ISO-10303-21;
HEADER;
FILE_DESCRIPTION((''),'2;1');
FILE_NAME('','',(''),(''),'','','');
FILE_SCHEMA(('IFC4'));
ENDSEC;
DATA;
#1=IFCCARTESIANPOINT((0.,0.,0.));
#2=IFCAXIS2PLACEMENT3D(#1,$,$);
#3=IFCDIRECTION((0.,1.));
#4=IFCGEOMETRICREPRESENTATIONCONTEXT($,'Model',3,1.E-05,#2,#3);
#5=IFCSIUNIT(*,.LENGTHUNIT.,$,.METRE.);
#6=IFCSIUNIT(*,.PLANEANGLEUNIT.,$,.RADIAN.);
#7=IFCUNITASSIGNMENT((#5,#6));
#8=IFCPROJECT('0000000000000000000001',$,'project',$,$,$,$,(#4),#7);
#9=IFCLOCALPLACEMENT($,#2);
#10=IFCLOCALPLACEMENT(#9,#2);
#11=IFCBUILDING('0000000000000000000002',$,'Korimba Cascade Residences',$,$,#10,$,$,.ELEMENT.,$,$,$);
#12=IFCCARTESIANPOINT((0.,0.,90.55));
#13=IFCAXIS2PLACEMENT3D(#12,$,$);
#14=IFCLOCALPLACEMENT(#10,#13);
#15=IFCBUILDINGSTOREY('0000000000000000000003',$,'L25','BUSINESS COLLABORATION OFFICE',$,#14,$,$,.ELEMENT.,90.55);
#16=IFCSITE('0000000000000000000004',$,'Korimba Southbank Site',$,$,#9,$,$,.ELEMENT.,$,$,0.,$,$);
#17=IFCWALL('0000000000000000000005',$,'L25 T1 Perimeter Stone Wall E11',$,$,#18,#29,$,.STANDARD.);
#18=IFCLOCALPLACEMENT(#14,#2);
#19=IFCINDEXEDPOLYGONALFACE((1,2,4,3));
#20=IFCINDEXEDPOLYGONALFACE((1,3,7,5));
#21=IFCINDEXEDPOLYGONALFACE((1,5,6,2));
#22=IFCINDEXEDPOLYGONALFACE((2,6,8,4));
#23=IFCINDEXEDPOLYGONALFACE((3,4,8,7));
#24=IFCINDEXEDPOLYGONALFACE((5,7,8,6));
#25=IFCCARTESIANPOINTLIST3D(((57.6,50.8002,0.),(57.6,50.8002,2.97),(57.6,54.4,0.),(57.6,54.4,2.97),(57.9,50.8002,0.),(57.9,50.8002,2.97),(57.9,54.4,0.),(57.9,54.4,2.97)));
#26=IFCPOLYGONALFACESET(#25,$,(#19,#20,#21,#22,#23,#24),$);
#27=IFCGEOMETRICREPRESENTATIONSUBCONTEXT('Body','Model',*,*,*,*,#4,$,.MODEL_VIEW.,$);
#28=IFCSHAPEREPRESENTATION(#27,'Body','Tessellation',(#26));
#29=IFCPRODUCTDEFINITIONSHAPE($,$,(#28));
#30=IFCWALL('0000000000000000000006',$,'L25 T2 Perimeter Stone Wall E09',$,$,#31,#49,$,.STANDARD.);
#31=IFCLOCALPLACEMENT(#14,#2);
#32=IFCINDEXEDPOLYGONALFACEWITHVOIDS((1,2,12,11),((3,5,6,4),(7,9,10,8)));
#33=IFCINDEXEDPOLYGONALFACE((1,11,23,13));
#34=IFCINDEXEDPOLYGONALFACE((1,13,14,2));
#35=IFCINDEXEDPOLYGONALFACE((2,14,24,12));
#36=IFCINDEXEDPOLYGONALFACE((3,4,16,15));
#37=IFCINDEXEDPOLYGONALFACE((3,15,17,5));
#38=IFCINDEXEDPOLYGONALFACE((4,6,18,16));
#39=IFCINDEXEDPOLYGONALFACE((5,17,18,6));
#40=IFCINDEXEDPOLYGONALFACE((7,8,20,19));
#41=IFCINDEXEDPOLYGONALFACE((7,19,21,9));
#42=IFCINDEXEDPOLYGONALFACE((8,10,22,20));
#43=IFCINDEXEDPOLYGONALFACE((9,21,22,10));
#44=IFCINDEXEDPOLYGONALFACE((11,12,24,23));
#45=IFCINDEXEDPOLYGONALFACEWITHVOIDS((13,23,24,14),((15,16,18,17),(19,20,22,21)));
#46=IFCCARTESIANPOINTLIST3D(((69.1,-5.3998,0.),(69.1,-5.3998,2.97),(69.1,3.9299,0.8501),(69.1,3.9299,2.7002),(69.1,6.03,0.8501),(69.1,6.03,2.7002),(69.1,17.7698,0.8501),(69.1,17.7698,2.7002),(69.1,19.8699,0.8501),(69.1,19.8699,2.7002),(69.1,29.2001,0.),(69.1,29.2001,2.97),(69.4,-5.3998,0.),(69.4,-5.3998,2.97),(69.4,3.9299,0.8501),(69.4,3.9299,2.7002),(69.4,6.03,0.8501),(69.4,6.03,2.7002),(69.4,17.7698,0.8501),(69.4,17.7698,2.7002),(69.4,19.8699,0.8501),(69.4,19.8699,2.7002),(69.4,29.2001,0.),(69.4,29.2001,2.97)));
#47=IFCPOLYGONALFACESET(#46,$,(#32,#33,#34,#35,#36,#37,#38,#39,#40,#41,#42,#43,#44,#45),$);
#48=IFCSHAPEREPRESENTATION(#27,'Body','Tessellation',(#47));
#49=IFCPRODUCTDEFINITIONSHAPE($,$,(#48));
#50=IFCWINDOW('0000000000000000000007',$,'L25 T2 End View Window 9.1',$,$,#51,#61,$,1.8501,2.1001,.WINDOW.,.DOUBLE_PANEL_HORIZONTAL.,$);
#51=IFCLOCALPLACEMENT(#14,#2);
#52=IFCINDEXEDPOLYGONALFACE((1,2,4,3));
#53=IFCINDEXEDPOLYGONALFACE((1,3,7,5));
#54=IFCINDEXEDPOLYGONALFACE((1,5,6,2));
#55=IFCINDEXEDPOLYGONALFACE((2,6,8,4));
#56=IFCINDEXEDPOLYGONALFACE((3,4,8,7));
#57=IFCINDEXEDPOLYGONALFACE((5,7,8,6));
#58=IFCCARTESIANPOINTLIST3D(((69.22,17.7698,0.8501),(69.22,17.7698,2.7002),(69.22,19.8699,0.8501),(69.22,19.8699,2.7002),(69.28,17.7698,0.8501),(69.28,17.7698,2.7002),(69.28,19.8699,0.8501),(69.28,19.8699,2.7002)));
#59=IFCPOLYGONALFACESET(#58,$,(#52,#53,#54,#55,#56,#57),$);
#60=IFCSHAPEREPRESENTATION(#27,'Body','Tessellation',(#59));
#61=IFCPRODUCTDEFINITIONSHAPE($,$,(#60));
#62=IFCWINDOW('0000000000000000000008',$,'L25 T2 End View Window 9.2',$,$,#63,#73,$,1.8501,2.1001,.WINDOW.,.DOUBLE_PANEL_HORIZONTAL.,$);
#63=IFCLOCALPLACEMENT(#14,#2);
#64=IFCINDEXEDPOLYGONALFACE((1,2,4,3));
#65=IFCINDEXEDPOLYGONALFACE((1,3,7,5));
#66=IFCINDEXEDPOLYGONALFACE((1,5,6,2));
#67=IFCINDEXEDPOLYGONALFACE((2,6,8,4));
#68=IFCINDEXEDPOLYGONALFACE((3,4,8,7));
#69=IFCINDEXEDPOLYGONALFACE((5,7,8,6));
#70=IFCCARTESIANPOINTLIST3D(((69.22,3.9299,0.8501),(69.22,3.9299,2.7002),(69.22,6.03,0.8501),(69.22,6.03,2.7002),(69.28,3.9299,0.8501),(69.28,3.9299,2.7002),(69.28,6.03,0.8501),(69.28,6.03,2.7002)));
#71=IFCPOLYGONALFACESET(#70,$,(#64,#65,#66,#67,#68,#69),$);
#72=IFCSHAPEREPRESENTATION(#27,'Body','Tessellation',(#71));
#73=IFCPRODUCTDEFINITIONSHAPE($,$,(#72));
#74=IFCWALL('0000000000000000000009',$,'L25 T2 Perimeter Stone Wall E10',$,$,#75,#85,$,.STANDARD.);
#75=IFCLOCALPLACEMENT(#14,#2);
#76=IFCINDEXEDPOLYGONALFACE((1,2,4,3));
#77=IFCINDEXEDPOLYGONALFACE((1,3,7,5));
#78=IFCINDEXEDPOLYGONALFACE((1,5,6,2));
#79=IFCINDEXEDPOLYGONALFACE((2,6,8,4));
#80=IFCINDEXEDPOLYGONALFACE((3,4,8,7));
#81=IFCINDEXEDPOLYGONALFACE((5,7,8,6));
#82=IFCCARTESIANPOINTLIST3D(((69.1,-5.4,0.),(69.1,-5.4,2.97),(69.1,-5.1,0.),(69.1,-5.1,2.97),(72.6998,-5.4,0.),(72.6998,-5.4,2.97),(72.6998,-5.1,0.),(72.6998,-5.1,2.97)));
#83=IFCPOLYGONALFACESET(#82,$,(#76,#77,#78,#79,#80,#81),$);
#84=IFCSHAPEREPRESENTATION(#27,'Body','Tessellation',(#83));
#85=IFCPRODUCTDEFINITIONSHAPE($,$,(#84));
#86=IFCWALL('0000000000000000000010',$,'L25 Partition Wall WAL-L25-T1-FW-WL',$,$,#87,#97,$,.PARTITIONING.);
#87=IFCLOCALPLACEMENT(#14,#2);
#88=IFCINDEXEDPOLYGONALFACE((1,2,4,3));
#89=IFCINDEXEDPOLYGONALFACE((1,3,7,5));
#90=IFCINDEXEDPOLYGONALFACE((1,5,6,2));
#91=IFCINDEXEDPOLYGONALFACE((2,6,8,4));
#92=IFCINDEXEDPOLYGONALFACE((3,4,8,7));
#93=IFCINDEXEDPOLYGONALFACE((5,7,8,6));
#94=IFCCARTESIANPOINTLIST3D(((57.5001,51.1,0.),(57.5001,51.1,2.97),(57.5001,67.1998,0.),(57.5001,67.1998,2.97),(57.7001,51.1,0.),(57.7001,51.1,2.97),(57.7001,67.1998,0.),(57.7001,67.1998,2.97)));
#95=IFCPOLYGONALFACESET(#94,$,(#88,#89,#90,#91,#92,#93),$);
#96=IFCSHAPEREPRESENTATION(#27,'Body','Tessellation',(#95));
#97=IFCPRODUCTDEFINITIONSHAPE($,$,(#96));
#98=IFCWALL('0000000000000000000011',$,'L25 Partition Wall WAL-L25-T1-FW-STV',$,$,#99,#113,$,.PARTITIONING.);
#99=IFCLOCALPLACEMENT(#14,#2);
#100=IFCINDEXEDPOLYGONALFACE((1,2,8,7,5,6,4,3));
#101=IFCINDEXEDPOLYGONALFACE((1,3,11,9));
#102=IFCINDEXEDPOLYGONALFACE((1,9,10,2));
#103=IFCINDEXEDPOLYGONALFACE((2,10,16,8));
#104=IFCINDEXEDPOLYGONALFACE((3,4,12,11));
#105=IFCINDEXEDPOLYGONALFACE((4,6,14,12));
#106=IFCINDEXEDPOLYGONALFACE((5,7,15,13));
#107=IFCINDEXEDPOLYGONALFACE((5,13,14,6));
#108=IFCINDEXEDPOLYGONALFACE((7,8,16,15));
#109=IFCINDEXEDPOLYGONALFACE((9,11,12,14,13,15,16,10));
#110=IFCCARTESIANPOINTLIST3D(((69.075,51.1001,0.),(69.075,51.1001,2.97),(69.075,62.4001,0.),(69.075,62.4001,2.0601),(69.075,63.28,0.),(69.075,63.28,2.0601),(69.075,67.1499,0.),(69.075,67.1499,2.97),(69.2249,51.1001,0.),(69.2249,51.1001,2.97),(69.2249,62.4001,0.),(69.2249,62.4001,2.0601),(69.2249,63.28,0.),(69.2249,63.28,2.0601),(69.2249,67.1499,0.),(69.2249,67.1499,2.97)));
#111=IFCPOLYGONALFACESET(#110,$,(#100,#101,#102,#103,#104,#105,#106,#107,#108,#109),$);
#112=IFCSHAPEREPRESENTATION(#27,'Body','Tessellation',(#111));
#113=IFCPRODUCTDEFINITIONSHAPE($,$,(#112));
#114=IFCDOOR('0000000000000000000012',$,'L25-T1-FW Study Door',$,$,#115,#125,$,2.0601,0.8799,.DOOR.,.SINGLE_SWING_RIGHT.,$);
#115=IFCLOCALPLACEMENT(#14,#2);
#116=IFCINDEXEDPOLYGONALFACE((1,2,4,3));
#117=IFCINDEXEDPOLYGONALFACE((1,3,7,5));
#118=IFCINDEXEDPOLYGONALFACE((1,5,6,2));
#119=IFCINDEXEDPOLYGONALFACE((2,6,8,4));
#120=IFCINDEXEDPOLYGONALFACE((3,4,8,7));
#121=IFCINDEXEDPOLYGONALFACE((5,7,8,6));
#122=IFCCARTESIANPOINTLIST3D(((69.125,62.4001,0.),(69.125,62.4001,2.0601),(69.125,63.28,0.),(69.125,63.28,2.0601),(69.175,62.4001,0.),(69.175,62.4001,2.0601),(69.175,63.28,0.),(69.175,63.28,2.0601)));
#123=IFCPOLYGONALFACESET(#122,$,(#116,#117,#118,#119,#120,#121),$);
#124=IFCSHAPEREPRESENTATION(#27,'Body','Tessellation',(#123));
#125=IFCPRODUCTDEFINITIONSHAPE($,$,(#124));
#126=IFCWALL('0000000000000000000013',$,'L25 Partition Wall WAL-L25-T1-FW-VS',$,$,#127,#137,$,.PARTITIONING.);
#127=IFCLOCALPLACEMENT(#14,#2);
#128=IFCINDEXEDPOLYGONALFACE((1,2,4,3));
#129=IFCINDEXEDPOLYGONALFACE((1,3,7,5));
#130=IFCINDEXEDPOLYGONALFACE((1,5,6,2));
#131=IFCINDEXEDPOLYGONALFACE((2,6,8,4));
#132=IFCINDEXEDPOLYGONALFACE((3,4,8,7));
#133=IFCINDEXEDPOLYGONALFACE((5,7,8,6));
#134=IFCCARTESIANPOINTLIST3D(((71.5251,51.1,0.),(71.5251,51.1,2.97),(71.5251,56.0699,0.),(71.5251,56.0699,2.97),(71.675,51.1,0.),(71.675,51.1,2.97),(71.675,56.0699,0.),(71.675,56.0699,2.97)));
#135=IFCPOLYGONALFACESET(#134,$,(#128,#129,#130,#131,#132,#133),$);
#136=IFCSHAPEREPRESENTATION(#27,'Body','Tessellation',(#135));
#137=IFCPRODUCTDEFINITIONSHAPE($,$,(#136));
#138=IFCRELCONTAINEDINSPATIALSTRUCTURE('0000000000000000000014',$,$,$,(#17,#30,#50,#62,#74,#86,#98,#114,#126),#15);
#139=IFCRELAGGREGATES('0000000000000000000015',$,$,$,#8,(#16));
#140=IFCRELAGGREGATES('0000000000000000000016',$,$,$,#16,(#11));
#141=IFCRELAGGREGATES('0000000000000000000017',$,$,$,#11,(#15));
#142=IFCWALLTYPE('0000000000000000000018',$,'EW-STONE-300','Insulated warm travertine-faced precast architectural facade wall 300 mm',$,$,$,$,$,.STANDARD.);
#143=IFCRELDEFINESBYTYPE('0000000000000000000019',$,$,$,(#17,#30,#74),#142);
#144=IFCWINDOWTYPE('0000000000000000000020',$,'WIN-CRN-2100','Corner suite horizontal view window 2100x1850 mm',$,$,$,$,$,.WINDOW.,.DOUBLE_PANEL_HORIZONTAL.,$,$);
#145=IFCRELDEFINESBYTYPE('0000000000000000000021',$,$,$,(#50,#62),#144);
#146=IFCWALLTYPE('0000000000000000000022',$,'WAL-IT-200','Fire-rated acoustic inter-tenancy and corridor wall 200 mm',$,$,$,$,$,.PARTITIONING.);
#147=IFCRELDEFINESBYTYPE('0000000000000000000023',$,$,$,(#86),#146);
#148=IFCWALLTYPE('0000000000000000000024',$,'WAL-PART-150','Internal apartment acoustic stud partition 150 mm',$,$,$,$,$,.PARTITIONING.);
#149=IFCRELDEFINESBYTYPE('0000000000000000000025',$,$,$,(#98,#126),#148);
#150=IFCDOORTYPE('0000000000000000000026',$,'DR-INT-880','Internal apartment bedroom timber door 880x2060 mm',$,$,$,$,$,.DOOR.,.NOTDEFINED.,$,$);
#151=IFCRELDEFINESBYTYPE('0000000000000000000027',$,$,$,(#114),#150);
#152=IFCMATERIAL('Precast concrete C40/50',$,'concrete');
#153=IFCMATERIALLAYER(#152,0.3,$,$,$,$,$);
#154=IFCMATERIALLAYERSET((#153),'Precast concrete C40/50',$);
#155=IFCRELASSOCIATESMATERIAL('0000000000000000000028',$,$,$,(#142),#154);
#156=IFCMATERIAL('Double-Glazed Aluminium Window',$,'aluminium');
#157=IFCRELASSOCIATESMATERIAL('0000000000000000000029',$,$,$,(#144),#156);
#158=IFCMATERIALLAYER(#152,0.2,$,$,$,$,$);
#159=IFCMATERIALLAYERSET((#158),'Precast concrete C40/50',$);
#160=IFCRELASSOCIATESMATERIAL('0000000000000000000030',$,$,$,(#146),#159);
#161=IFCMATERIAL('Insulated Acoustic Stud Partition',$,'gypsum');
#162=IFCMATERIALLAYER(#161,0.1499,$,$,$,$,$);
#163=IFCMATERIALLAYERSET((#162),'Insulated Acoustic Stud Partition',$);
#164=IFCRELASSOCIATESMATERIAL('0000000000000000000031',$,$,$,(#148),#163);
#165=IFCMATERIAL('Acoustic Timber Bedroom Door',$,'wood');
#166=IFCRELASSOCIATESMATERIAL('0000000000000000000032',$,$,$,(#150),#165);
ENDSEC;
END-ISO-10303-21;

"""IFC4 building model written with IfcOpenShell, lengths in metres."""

from ifc_helpers import new_model, si_unit, direction, frame, frame_2d, origin, place, context, subcontext, project, spatial, rectangle, extrude, material, layer, layer_set, type_object, element, fill, save


model = new_model("IFC4")

# Units and contexts
model_context = context("Model", 3, precision=1e-05, world=origin(), true_north=direction((0.0, 1.0)))
body_context = subcontext(model_context, "Body", "Model", "MODEL_VIEW")
ifc_project = project(units=[si_unit("LENGTHUNIT", "METRE"), si_unit("PLANEANGLEUNIT", "RADIAN")], contexts=[model_context])

# Site, building, storey
site_placement = place(None, origin())
site = spatial("IfcSite", under=ifc_project, at=site_placement, Name="Korimba Southbank Site", CompositionType="ELEMENT", RefElevation=0.0)
building_placement = place(site_placement, origin())
building = spatial("IfcBuilding", under=site, at=building_placement, Name="Korimba Cascade Residences", CompositionType="ELEMENT")
storey_placement = place(building_placement, frame((0.0, 0.0, 90.55)))
storey = spatial("IfcBuildingStorey", under=building, at=storey_placement, Name="L25", Description="BUSINESS COLLABORATION OFFICE", CompositionType="ELEMENT", Elevation=90.55)

# Shared definitions
ifc_material_1 = material(Name="Precast concrete C40/50", Category="concrete")
ifc_material_2 = material(Name="Double-Glazed Aluminium Window", Category="aluminium")

# Wall
ifc_layer_1 = layer(ifc_material_1, 0.3)
ifc_layer_set_1 = layer_set([ifc_layer_1], Name="Precast concrete C40/50")
wall_type_1 = type_object("IfcWallType", Name="EW-STONE-300", Description="Insulated warm travertine-faced precast architectural facade wall 300 mm", PredefinedType="STANDARD", material=ifc_layer_set_1)
wall_1_placement = place(storey_placement, frame((57.75, 54.3999, 0.0), z_axis=(0.0, 0.0, 1.0), x_axis=(0.0, -1.0, 0.0)))
element("IfcWall", 1, at=wall_1_placement, inside=storey, type_object=wall_type_1, Name="L25 T1 Perimeter Stone Wall E11", PredefinedType="STANDARD", context=body_context, shape_type="SweptSolid", body=[
    extrude(rectangle(XDim=3.5999, YDim=0.3, at=frame_2d((1.7998, 0.0))), origin(), (0.0, 0.0, 1.0), 2.97),
])

# Wall, openings, windows
wall_2_placement = place(storey_placement, frame((69.25, 29.2, 0.0), z_axis=(0.0, 0.0, 1.0), x_axis=(0.0, -1.0, 0.0)))
wall_2 = element("IfcWall", 2, at=wall_2_placement, inside=storey, type_object=wall_type_1, Name="L25 T2 Perimeter Stone Wall E09", PredefinedType="STANDARD", context=body_context, shape_type="SweptSolid", body=[
    extrude(rectangle(XDim=34.5999, YDim=0.3, at=frame_2d((17.2998, 0.0))), origin(), (0.0, 0.0, 1.0), 2.97),
])
opening_1_placement = place(wall_2_placement, frame((9.3301, 0.0, 0.8501)))
opening_1 = element("IfcOpeningElement", 3, at=opening_1_placement, cuts=wall_2, PredefinedType="OPENING", context=body_context, shape_type="SweptSolid", body=[
    extrude(rectangle(XDim=2.1001, YDim=1.8501, at=frame_2d((1.05, 0.925))), frame((0.0, 0.1602, 0.0), z_axis=(0.0, -1.0, 0.0), x_axis=(1.0, 0.0, 0.0)), (0.0, 0.0, 1.0), 0.3201),
])
opening_2_placement = place(wall_2_placement, frame((23.1699, 0.0, 0.8501)))
opening_2 = element("IfcOpeningElement", 4, at=opening_2_placement, cuts=wall_2, PredefinedType="OPENING", context=body_context, shape_type="SweptSolid", body=[
    extrude(rectangle(XDim=2.1001, YDim=1.8501, at=frame_2d((1.05, 0.925))), frame((0.0, 0.1602, 0.0), z_axis=(0.0, -1.0, 0.0), x_axis=(1.0, 0.0, 0.0)), (0.0, 0.0, 1.0), 0.3201),
])
window_type_1 = type_object("IfcWindowType", Name="WIN-CRN-2100", Description="Corner suite horizontal view window 2100x1850 mm", PartitioningType="DOUBLE_PANEL_HORIZONTAL", PredefinedType="WINDOW", material=ifc_material_2)
window_1_placement = place(opening_1_placement, origin())
window_1 = element("IfcWindow", 5, at=window_1_placement, inside=storey, type_object=window_type_1, Name="L25 T2 End View Window 9.1", OverallHeight=1.8501, OverallWidth=2.1001, PartitioningType="DOUBLE_PANEL_HORIZONTAL", PredefinedType="WINDOW", context=body_context, shape_type="SweptSolid", body=[
    extrude(rectangle(XDim=2.1001, YDim=1.8501, at=frame_2d((1.05, 0.925))), frame((0.0, 0.03, 0.0), z_axis=(0.0, -1.0, 0.0), x_axis=(1.0, 0.0, 0.0)), (0.0, 0.0, 1.0), 0.0601),
])
fill(opening_1, window_1)
window_2_placement = place(opening_2_placement, origin())
window_2 = element("IfcWindow", 6, at=window_2_placement, inside=storey, type_object=window_type_1, Name="L25 T2 End View Window 9.2", OverallHeight=1.8501, OverallWidth=2.1001, PartitioningType="DOUBLE_PANEL_HORIZONTAL", PredefinedType="WINDOW", context=body_context, shape_type="SweptSolid", body=[
    extrude(rectangle(XDim=2.1001, YDim=1.8501, at=frame_2d((1.05, 0.925))), frame((0.0, 0.03, 0.0), z_axis=(0.0, -1.0, 0.0), x_axis=(1.0, 0.0, 0.0)), (0.0, 0.0, 1.0), 0.0601),
])
fill(opening_2, window_2)

# Walls
wall_3_placement = place(storey_placement, frame((69.1001, -5.25, 0.0), z_axis=(0.0, 0.0, 1.0), x_axis=(1.0, 0.0, 0.0)))
element("IfcWall", 7, at=wall_3_placement, inside=storey, type_object=wall_type_1, Name="L25 T2 Perimeter Stone Wall E10", PredefinedType="STANDARD", context=body_context, shape_type="SweptSolid", body=[
    extrude(rectangle(XDim=3.5999, YDim=0.3, at=frame_2d((1.7998, 0.0))), origin(), (0.0, 0.0, 1.0), 2.97),
])
ifc_layer_2 = layer(ifc_material_1, 0.2)
ifc_layer_set_2 = layer_set([ifc_layer_2], Name="Precast concrete C40/50")
wall_type_2 = type_object("IfcWallType", Name="WAL-IT-200", Description="Fire-rated acoustic inter-tenancy and corridor wall 200 mm", PredefinedType="PARTITIONING", material=ifc_layer_set_2)
wall_4_placement = place(storey_placement, frame((57.6001, 51.1001, 0.0), z_axis=(0.0, 0.0, 1.0), x_axis=(0.0, 1.0, 0.0)))
element("IfcWall", 8, at=wall_4_placement, inside=storey, type_object=wall_type_2, Name="L25 Partition Wall WAL-L25-T1-FW-WL", PredefinedType="PARTITIONING", context=body_context, shape_type="SweptSolid", body=[
    extrude(rectangle(XDim=16.0999, YDim=0.2, at=frame_2d((8.0498, 0.0))), origin(), (0.0, 0.0, 1.0), 2.97),
])

# Wall, opening, door
ifc_material_3 = material(Name="Insulated Acoustic Stud Partition", Category="gypsum")
ifc_layer_3 = layer(ifc_material_3, 0.1499)
ifc_layer_set_3 = layer_set([ifc_layer_3], Name="Insulated Acoustic Stud Partition")
wall_type_3 = type_object("IfcWallType", Name="WAL-PART-150", Description="Internal apartment acoustic stud partition 150 mm", PredefinedType="PARTITIONING", material=ifc_layer_set_3)
wall_5_placement = place(storey_placement, frame((69.1499, 51.1001, 0.0), z_axis=(0.0, 0.0, 1.0), x_axis=(0.0, 1.0, 0.0)))
wall_5 = element("IfcWall", 9, at=wall_5_placement, inside=storey, type_object=wall_type_3, Name="L25 Partition Wall WAL-L25-T1-FW-STV", PredefinedType="PARTITIONING", context=body_context, shape_type="SweptSolid", body=[
    extrude(rectangle(XDim=16.0498, YDim=0.1499, at=frame_2d((8.0249, 0.0))), origin(), (0.0, 0.0, 1.0), 2.97),
])
opening_3_placement = place(wall_5_placement, frame((11.3, 0.0, 0.0)))
opening_3 = element("IfcOpeningElement", 10, at=opening_3_placement, cuts=wall_5, PredefinedType="OPENING", context=body_context, shape_type="SweptSolid", body=[
    extrude(rectangle(XDim=0.8799, YDim=2.0601, at=frame_2d((0.4399, 1.03))), frame((0.0, 0.085, 0.0), z_axis=(0.0, -1.0, 0.0), x_axis=(1.0, 0.0, 0.0)), (0.0, 0.0, 1.0), 0.1699),
])
ifc_material_4 = material(Name="Acoustic Timber Bedroom Door", Category="wood")
door_type_1 = type_object("IfcDoorType", Name="DR-INT-880", Description="Internal apartment bedroom timber door 880x2060 mm", OperationType="NOTDEFINED", PredefinedType="DOOR", material=ifc_material_4)
door_1_placement = place(opening_3_placement, origin())
door_1 = element("IfcDoor", 11, at=door_1_placement, inside=storey, type_object=door_type_1, Name="L25-T1-FW Study Door", OperationType="SINGLE_SWING_RIGHT", OverallHeight=2.0601, OverallWidth=0.8799, PredefinedType="DOOR", context=body_context, shape_type="SweptSolid", body=[
    extrude(rectangle(XDim=0.8799, YDim=2.0601, at=frame_2d((0.4399, 1.03))), frame((0.0, 0.0249, 0.0), z_axis=(0.0, -1.0, 0.0), x_axis=(1.0, 0.0, 0.0)), (0.0, 0.0, 1.0), 0.05),
])
fill(opening_3, door_1)

# Wall
wall_6_placement = place(storey_placement, frame((71.6001, 51.1001, 0.0), z_axis=(0.0, 0.0, 1.0), x_axis=(0.0, 1.0, 0.0)))
element("IfcWall", 12, at=wall_6_placement, inside=storey, type_object=wall_type_3, Name="L25 Partition Wall WAL-L25-T1-FW-VS", PredefinedType="PARTITIONING", context=body_context, shape_type="SweptSolid", body=[
    extrude(rectangle(XDim=4.97, YDim=0.1499, at=frame_2d((2.4849, 0.0))), origin(), (0.0, 0.0, 1.0), 2.97),
])

save(model, "model.ifc")
